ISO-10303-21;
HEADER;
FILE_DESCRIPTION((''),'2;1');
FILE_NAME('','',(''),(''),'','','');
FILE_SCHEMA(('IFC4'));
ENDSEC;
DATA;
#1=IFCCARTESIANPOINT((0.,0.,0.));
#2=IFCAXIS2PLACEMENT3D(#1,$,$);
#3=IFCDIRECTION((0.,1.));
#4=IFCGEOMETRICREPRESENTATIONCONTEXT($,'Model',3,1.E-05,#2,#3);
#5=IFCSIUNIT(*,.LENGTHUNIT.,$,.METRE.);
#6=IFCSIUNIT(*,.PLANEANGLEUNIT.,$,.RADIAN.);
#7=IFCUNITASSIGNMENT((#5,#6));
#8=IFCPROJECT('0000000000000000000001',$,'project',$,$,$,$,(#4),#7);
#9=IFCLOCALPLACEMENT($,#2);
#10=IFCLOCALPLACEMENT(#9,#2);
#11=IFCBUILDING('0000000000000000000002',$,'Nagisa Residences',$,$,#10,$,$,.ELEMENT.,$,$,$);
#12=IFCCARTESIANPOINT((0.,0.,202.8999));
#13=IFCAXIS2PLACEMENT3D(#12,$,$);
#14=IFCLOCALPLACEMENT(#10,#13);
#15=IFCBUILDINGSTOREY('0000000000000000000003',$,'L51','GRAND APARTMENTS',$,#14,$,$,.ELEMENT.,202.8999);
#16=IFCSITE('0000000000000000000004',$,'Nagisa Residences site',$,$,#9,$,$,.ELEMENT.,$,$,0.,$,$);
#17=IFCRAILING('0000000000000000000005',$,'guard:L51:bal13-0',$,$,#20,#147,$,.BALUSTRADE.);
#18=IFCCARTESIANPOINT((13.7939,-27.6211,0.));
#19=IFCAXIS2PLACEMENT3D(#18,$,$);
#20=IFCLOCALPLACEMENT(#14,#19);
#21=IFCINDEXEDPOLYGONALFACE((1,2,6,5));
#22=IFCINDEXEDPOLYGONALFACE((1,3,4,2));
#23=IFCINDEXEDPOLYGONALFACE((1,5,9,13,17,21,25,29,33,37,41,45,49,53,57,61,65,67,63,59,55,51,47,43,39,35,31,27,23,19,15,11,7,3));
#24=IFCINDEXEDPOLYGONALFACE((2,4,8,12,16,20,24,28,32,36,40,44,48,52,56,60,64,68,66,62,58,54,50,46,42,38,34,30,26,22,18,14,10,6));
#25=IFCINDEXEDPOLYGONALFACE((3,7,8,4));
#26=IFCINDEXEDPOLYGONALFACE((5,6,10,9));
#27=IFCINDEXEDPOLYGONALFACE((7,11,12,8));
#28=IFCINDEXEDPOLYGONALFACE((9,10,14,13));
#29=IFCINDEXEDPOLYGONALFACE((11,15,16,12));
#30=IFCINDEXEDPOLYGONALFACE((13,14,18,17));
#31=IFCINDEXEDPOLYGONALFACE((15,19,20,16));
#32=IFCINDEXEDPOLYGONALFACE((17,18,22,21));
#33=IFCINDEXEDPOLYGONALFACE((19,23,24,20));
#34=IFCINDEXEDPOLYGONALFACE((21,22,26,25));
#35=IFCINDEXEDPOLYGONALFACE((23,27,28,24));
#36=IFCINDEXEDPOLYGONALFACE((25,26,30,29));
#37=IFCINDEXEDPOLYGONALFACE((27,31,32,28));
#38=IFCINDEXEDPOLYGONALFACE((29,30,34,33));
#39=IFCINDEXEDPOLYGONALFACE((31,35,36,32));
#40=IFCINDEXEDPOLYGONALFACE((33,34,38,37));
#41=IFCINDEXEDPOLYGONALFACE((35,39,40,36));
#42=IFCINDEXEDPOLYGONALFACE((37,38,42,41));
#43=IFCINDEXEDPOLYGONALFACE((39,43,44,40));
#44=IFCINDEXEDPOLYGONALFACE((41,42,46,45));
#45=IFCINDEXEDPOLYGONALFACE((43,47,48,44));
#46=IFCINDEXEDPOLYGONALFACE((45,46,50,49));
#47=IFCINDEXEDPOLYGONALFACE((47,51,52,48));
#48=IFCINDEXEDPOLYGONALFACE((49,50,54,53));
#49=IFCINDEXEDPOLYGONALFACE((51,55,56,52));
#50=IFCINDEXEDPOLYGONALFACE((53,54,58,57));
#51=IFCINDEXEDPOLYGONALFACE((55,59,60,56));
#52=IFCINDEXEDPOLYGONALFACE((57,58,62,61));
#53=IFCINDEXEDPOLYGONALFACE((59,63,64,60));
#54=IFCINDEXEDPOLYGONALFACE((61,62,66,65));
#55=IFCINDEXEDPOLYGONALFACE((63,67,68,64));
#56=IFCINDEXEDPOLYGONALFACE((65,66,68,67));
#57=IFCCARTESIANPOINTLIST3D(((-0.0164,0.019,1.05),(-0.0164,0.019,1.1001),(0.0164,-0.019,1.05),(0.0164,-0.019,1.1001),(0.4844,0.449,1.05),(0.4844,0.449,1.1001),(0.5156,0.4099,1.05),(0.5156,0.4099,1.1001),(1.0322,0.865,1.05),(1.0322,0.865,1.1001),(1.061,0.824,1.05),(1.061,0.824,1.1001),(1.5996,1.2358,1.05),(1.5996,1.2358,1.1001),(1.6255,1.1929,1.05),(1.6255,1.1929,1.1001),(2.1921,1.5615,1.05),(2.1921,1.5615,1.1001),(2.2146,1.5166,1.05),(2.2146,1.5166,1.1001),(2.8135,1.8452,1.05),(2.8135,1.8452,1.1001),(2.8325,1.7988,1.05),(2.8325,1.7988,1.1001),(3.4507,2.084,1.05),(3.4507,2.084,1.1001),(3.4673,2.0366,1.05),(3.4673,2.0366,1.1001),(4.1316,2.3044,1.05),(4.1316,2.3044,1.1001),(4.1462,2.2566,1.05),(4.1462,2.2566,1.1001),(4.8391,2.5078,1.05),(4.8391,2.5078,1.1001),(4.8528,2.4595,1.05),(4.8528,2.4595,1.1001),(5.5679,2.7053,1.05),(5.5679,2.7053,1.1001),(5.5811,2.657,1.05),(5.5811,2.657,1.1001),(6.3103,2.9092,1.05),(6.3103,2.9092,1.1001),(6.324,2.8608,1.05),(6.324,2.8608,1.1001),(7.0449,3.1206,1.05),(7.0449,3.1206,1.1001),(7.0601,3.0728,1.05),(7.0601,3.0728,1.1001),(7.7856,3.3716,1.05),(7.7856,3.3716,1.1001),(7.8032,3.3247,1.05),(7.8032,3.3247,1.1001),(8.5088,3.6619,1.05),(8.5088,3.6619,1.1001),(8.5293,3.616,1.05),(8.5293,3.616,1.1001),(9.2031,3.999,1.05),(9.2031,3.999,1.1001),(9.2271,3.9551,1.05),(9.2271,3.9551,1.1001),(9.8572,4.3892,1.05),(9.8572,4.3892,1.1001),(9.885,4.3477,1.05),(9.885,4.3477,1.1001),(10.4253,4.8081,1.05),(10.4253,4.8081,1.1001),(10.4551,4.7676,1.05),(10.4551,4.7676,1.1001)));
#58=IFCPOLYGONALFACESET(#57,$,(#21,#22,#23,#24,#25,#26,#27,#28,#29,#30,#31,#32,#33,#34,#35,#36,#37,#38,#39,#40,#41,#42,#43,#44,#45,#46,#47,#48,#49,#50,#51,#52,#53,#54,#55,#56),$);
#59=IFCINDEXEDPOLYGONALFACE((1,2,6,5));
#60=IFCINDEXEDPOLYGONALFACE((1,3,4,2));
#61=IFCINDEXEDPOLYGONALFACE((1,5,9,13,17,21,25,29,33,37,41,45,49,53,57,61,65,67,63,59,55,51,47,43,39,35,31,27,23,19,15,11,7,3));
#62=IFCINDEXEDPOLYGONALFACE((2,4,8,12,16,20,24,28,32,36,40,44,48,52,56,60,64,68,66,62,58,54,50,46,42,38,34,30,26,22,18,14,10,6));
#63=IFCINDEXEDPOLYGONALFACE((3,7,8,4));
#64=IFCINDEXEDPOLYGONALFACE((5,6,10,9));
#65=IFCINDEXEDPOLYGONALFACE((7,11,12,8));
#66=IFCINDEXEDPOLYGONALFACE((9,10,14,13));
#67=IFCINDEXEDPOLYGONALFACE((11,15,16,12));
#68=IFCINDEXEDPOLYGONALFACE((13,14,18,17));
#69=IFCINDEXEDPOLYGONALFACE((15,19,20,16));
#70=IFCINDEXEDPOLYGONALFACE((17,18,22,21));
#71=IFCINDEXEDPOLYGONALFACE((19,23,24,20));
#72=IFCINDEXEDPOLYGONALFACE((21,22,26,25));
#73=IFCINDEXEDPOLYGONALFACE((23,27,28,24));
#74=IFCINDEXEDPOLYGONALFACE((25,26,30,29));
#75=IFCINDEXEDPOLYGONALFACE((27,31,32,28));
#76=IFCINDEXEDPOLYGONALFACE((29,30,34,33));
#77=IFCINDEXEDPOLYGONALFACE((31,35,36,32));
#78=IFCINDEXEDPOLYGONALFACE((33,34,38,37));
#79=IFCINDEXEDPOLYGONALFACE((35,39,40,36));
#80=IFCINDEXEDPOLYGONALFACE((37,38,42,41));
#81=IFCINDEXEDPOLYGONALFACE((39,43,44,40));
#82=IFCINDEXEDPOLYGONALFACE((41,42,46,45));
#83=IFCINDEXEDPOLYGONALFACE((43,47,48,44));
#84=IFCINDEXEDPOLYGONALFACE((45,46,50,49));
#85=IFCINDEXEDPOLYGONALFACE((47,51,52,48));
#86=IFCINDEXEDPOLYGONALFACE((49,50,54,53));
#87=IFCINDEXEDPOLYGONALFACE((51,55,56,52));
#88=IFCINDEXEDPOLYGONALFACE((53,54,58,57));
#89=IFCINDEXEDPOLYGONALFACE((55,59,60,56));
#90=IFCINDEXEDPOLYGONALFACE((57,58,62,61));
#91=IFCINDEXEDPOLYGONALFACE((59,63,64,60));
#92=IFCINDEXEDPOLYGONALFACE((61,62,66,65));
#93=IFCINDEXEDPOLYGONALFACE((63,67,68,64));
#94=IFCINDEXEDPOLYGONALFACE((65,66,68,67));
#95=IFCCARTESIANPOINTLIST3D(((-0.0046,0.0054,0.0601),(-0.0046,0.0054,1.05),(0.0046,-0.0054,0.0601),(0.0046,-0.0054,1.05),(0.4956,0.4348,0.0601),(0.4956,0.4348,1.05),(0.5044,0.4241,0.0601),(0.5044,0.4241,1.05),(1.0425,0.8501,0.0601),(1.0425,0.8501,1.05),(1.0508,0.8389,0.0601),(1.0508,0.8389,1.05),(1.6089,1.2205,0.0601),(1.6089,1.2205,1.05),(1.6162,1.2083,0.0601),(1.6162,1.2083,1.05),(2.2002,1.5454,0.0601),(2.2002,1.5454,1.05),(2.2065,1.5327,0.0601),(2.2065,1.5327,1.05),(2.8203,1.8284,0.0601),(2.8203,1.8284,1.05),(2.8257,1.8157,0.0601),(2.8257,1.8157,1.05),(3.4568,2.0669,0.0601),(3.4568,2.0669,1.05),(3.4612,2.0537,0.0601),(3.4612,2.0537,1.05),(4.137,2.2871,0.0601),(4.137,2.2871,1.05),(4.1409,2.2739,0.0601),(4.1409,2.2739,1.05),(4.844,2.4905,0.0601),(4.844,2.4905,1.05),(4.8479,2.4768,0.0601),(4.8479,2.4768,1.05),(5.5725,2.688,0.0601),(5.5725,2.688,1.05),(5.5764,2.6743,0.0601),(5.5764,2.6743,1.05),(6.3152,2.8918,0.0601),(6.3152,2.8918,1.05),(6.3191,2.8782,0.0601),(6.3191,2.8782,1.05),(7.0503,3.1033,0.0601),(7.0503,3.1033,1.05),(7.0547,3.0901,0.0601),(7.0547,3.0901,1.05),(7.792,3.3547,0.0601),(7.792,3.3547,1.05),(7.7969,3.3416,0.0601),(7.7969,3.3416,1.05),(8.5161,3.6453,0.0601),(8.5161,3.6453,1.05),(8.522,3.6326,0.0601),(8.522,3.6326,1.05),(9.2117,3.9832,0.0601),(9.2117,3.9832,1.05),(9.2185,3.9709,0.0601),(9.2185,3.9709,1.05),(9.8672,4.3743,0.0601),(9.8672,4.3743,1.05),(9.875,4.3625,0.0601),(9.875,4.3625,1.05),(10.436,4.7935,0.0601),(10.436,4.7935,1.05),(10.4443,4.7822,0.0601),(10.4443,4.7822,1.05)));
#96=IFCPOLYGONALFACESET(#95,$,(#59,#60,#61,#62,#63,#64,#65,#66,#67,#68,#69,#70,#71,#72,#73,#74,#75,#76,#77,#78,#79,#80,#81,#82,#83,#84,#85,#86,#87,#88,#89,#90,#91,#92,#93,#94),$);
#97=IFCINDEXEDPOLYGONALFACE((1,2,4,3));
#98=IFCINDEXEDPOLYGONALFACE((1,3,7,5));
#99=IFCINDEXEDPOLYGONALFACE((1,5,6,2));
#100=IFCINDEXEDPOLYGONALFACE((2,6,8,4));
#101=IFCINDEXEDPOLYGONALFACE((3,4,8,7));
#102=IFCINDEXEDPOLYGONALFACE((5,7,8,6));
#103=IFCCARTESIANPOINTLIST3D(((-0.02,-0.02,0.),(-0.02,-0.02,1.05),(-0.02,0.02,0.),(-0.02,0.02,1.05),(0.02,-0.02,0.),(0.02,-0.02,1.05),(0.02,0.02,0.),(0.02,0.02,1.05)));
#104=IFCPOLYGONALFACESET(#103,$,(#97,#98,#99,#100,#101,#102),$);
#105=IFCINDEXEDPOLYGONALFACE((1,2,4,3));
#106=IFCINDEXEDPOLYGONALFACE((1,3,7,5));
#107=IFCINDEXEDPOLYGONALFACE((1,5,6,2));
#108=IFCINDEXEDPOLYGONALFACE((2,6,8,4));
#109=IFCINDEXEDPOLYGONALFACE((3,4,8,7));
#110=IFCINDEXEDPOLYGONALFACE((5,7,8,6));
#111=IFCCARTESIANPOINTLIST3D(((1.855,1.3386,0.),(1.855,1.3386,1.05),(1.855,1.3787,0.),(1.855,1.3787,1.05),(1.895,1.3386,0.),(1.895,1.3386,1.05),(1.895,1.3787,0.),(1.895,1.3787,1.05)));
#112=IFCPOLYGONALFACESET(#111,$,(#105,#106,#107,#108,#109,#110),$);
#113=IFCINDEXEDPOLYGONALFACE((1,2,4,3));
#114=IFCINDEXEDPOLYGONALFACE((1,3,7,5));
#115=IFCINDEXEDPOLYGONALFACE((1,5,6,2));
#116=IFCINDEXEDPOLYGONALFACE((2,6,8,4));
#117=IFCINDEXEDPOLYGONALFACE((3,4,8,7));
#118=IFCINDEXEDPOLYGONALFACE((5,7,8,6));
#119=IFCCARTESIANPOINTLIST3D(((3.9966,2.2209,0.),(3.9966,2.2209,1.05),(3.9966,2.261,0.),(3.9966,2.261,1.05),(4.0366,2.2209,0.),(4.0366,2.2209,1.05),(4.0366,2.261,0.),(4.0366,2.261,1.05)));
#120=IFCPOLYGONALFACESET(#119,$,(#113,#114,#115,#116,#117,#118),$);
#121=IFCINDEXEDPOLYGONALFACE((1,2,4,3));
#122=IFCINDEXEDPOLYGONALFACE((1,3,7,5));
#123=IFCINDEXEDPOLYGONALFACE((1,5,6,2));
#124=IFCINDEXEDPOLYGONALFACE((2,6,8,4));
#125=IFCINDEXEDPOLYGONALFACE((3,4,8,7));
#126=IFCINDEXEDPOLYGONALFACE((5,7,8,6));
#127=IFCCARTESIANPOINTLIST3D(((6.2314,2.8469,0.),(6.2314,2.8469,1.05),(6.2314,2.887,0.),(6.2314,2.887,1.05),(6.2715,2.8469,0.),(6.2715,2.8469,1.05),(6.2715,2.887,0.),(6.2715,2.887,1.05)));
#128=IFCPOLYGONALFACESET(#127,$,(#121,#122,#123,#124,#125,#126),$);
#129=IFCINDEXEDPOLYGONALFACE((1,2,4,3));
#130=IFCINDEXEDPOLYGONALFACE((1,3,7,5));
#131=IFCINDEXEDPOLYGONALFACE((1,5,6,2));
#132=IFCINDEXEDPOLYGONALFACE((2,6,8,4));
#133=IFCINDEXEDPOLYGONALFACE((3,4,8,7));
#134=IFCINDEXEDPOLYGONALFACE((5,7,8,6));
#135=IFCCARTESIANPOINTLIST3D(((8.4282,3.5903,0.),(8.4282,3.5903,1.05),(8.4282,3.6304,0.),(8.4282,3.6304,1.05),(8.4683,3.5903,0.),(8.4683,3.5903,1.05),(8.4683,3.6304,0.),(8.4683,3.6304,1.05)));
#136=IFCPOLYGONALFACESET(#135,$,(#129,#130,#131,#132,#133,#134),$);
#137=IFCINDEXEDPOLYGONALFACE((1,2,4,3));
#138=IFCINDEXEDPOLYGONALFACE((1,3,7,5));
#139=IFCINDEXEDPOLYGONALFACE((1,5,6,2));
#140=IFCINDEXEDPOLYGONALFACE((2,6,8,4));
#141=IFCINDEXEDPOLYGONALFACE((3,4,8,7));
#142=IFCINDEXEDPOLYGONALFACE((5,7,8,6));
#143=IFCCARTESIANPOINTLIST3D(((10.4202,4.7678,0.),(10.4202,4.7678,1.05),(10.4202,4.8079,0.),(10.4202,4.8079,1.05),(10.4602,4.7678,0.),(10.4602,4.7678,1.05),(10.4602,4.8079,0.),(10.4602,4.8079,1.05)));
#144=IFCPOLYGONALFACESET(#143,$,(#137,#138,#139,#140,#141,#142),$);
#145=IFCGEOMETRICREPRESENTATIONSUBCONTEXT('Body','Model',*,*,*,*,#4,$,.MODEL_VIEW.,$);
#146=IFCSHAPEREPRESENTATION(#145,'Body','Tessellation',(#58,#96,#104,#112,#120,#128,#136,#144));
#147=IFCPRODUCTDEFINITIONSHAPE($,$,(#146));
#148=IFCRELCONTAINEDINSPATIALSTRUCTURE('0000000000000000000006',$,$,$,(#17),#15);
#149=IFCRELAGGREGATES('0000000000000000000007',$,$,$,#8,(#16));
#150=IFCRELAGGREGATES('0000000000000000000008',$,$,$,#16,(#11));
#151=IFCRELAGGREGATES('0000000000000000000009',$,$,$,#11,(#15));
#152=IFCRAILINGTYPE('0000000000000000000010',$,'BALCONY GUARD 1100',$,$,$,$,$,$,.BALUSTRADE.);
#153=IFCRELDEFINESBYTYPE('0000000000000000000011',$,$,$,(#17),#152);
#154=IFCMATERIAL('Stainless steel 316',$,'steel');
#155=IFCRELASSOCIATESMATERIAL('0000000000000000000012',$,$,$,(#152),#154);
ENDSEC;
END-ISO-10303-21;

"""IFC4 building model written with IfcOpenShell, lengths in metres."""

from ifc_helpers import new_model, si_unit, direction, frame, origin, origin_2d, place, context, subcontext, project, spatial, polyline, rectangle, outline, extrude, material, type_object, element, save


model = new_model("IFC4")

# Units and contexts
model_context = context("Model", 3, precision=1e-05, world=origin(), true_north=direction((0.0, 1.0)))
body_context = subcontext(model_context, "Body", "Model", "MODEL_VIEW")
ifc_project = project(units=[si_unit("LENGTHUNIT", "METRE"), si_unit("PLANEANGLEUNIT", "RADIAN")], contexts=[model_context])

# Site, building, storey
site_placement = place(None, origin())
site = spatial("IfcSite", under=ifc_project, at=site_placement, Name="Nagisa Residences site", CompositionType="ELEMENT", RefElevation=0.0)
building_placement = place(site_placement, origin())
building = spatial("IfcBuilding", under=site, at=building_placement, Name="Nagisa Residences", CompositionType="ELEMENT")
storey_placement = place(building_placement, frame((0.0, 0.0, 202.8999)))
storey = spatial("IfcBuildingStorey", under=building, at=storey_placement, Name="L51", Description="GRAND APARTMENTS", CompositionType="ELEMENT", Elevation=202.8999)

# Railing
ifc_material_1 = material(Name="Stainless steel 316", Category="steel")
railing_type = type_object("IfcRailingType", Name="BALCONY GUARD 1100", PredefinedType="BALUSTRADE", material=ifc_material_1)
railing_1_placement = place(storey_placement, frame((13.7939, -27.6211, 0.0)))
element("IfcRailing", 1, at=railing_1_placement, inside=storey, type_object=railing_type, Name="guard:L51:bal13-0", PredefinedType="BALUSTRADE", context=body_context, shape_type="SweptSolid", body=[
    extrude(outline(polyline([(0.4844, 0.449), (-0.0164, 0.019), (0.0164, -0.019), (0.5156, 0.4099), (1.061, 0.824), (1.6255, 1.1929), (2.2146, 1.5166), (2.8325, 1.7988), (3.4673, 2.0366), (4.1462, 2.2566), (4.8528, 2.4595), (5.5811, 2.657), (6.324, 2.8608), (7.0601, 3.0728), (7.8032, 3.3247), (8.5293, 3.616), (9.2271, 3.9551), (9.885, 4.3477), (10.4551, 4.7676), (10.4253, 4.8081), (9.8572, 4.3892), (9.2031, 3.999), (8.5088, 3.6619), (7.7856, 3.3716), (7.0449, 3.1206), (6.3103, 2.9092), (5.5679, 2.7053), (4.8391, 2.5078), (4.1316, 2.3044), (3.4507, 2.084), (2.8135, 1.8452), (2.1921, 1.5615), (1.5996, 1.2358), (1.0322, 0.865), (0.4844, 0.449)])), frame((0.0, 0.0, 1.05)), (0.0, 0.0, 1.0), 0.05),
    extrude(outline(polyline([(0.4956, 0.4348), (-0.0046, 0.0054), (0.0046, -0.0054), (0.5044, 0.4241), (1.0508, 0.8389), (1.6162, 1.2083), (2.2065, 1.5327), (2.8257, 1.8157), (3.4612, 2.0537), (4.1409, 2.2739), (4.8479, 2.4768), (5.5764, 2.6743), (6.3191, 2.8782), (7.0547, 3.0901), (7.7969, 3.3416), (8.522, 3.6326), (9.2185, 3.9709), (9.875, 4.3625), (10.4443, 4.7822), (10.436, 4.7935), (9.8672, 4.3743), (9.2117, 3.9832), (8.5161, 3.6453), (7.792, 3.3547), (7.0503, 3.1033), (6.3152, 2.8918), (5.5725, 2.688), (4.844, 2.4905), (4.137, 2.2871), (3.4568, 2.0669), (2.8203, 1.8284), (2.2002, 1.5454), (1.6089, 1.2205), (1.0425, 0.8501), (0.4956, 0.4348)])), frame((0.0, 0.0, 0.0601)), (0.0, 0.0, 1.0), 0.99),
    extrude(rectangle(XDim=0.04, YDim=0.04, at=origin_2d()), origin(), (0.0, 0.0, 1.0), 1.05),
    extrude(rectangle(XDim=0.04, YDim=0.04, at=origin_2d()), frame((1.875, 1.3586, 0.0)), (0.0, 0.0, 1.0), 1.05),
    extrude(rectangle(XDim=0.04, YDim=0.04, at=origin_2d()), frame((4.0166, 2.241, 0.0)), (0.0, 0.0, 1.0), 1.05),
    extrude(rectangle(XDim=0.04, YDim=0.04, at=origin_2d()), frame((6.2515, 2.8669, 0.0)), (0.0, 0.0, 1.0), 1.05),
    extrude(rectangle(XDim=0.04, YDim=0.04, at=origin_2d()), frame((8.4482, 3.6104, 0.0)), (0.0, 0.0, 1.0), 1.05),
    extrude(rectangle(XDim=0.04, YDim=0.04, at=origin_2d()), frame((10.4402, 4.7878, 0.0)), (0.0, 0.0, 1.0), 1.05),
])

save(model, "model.ifc")
